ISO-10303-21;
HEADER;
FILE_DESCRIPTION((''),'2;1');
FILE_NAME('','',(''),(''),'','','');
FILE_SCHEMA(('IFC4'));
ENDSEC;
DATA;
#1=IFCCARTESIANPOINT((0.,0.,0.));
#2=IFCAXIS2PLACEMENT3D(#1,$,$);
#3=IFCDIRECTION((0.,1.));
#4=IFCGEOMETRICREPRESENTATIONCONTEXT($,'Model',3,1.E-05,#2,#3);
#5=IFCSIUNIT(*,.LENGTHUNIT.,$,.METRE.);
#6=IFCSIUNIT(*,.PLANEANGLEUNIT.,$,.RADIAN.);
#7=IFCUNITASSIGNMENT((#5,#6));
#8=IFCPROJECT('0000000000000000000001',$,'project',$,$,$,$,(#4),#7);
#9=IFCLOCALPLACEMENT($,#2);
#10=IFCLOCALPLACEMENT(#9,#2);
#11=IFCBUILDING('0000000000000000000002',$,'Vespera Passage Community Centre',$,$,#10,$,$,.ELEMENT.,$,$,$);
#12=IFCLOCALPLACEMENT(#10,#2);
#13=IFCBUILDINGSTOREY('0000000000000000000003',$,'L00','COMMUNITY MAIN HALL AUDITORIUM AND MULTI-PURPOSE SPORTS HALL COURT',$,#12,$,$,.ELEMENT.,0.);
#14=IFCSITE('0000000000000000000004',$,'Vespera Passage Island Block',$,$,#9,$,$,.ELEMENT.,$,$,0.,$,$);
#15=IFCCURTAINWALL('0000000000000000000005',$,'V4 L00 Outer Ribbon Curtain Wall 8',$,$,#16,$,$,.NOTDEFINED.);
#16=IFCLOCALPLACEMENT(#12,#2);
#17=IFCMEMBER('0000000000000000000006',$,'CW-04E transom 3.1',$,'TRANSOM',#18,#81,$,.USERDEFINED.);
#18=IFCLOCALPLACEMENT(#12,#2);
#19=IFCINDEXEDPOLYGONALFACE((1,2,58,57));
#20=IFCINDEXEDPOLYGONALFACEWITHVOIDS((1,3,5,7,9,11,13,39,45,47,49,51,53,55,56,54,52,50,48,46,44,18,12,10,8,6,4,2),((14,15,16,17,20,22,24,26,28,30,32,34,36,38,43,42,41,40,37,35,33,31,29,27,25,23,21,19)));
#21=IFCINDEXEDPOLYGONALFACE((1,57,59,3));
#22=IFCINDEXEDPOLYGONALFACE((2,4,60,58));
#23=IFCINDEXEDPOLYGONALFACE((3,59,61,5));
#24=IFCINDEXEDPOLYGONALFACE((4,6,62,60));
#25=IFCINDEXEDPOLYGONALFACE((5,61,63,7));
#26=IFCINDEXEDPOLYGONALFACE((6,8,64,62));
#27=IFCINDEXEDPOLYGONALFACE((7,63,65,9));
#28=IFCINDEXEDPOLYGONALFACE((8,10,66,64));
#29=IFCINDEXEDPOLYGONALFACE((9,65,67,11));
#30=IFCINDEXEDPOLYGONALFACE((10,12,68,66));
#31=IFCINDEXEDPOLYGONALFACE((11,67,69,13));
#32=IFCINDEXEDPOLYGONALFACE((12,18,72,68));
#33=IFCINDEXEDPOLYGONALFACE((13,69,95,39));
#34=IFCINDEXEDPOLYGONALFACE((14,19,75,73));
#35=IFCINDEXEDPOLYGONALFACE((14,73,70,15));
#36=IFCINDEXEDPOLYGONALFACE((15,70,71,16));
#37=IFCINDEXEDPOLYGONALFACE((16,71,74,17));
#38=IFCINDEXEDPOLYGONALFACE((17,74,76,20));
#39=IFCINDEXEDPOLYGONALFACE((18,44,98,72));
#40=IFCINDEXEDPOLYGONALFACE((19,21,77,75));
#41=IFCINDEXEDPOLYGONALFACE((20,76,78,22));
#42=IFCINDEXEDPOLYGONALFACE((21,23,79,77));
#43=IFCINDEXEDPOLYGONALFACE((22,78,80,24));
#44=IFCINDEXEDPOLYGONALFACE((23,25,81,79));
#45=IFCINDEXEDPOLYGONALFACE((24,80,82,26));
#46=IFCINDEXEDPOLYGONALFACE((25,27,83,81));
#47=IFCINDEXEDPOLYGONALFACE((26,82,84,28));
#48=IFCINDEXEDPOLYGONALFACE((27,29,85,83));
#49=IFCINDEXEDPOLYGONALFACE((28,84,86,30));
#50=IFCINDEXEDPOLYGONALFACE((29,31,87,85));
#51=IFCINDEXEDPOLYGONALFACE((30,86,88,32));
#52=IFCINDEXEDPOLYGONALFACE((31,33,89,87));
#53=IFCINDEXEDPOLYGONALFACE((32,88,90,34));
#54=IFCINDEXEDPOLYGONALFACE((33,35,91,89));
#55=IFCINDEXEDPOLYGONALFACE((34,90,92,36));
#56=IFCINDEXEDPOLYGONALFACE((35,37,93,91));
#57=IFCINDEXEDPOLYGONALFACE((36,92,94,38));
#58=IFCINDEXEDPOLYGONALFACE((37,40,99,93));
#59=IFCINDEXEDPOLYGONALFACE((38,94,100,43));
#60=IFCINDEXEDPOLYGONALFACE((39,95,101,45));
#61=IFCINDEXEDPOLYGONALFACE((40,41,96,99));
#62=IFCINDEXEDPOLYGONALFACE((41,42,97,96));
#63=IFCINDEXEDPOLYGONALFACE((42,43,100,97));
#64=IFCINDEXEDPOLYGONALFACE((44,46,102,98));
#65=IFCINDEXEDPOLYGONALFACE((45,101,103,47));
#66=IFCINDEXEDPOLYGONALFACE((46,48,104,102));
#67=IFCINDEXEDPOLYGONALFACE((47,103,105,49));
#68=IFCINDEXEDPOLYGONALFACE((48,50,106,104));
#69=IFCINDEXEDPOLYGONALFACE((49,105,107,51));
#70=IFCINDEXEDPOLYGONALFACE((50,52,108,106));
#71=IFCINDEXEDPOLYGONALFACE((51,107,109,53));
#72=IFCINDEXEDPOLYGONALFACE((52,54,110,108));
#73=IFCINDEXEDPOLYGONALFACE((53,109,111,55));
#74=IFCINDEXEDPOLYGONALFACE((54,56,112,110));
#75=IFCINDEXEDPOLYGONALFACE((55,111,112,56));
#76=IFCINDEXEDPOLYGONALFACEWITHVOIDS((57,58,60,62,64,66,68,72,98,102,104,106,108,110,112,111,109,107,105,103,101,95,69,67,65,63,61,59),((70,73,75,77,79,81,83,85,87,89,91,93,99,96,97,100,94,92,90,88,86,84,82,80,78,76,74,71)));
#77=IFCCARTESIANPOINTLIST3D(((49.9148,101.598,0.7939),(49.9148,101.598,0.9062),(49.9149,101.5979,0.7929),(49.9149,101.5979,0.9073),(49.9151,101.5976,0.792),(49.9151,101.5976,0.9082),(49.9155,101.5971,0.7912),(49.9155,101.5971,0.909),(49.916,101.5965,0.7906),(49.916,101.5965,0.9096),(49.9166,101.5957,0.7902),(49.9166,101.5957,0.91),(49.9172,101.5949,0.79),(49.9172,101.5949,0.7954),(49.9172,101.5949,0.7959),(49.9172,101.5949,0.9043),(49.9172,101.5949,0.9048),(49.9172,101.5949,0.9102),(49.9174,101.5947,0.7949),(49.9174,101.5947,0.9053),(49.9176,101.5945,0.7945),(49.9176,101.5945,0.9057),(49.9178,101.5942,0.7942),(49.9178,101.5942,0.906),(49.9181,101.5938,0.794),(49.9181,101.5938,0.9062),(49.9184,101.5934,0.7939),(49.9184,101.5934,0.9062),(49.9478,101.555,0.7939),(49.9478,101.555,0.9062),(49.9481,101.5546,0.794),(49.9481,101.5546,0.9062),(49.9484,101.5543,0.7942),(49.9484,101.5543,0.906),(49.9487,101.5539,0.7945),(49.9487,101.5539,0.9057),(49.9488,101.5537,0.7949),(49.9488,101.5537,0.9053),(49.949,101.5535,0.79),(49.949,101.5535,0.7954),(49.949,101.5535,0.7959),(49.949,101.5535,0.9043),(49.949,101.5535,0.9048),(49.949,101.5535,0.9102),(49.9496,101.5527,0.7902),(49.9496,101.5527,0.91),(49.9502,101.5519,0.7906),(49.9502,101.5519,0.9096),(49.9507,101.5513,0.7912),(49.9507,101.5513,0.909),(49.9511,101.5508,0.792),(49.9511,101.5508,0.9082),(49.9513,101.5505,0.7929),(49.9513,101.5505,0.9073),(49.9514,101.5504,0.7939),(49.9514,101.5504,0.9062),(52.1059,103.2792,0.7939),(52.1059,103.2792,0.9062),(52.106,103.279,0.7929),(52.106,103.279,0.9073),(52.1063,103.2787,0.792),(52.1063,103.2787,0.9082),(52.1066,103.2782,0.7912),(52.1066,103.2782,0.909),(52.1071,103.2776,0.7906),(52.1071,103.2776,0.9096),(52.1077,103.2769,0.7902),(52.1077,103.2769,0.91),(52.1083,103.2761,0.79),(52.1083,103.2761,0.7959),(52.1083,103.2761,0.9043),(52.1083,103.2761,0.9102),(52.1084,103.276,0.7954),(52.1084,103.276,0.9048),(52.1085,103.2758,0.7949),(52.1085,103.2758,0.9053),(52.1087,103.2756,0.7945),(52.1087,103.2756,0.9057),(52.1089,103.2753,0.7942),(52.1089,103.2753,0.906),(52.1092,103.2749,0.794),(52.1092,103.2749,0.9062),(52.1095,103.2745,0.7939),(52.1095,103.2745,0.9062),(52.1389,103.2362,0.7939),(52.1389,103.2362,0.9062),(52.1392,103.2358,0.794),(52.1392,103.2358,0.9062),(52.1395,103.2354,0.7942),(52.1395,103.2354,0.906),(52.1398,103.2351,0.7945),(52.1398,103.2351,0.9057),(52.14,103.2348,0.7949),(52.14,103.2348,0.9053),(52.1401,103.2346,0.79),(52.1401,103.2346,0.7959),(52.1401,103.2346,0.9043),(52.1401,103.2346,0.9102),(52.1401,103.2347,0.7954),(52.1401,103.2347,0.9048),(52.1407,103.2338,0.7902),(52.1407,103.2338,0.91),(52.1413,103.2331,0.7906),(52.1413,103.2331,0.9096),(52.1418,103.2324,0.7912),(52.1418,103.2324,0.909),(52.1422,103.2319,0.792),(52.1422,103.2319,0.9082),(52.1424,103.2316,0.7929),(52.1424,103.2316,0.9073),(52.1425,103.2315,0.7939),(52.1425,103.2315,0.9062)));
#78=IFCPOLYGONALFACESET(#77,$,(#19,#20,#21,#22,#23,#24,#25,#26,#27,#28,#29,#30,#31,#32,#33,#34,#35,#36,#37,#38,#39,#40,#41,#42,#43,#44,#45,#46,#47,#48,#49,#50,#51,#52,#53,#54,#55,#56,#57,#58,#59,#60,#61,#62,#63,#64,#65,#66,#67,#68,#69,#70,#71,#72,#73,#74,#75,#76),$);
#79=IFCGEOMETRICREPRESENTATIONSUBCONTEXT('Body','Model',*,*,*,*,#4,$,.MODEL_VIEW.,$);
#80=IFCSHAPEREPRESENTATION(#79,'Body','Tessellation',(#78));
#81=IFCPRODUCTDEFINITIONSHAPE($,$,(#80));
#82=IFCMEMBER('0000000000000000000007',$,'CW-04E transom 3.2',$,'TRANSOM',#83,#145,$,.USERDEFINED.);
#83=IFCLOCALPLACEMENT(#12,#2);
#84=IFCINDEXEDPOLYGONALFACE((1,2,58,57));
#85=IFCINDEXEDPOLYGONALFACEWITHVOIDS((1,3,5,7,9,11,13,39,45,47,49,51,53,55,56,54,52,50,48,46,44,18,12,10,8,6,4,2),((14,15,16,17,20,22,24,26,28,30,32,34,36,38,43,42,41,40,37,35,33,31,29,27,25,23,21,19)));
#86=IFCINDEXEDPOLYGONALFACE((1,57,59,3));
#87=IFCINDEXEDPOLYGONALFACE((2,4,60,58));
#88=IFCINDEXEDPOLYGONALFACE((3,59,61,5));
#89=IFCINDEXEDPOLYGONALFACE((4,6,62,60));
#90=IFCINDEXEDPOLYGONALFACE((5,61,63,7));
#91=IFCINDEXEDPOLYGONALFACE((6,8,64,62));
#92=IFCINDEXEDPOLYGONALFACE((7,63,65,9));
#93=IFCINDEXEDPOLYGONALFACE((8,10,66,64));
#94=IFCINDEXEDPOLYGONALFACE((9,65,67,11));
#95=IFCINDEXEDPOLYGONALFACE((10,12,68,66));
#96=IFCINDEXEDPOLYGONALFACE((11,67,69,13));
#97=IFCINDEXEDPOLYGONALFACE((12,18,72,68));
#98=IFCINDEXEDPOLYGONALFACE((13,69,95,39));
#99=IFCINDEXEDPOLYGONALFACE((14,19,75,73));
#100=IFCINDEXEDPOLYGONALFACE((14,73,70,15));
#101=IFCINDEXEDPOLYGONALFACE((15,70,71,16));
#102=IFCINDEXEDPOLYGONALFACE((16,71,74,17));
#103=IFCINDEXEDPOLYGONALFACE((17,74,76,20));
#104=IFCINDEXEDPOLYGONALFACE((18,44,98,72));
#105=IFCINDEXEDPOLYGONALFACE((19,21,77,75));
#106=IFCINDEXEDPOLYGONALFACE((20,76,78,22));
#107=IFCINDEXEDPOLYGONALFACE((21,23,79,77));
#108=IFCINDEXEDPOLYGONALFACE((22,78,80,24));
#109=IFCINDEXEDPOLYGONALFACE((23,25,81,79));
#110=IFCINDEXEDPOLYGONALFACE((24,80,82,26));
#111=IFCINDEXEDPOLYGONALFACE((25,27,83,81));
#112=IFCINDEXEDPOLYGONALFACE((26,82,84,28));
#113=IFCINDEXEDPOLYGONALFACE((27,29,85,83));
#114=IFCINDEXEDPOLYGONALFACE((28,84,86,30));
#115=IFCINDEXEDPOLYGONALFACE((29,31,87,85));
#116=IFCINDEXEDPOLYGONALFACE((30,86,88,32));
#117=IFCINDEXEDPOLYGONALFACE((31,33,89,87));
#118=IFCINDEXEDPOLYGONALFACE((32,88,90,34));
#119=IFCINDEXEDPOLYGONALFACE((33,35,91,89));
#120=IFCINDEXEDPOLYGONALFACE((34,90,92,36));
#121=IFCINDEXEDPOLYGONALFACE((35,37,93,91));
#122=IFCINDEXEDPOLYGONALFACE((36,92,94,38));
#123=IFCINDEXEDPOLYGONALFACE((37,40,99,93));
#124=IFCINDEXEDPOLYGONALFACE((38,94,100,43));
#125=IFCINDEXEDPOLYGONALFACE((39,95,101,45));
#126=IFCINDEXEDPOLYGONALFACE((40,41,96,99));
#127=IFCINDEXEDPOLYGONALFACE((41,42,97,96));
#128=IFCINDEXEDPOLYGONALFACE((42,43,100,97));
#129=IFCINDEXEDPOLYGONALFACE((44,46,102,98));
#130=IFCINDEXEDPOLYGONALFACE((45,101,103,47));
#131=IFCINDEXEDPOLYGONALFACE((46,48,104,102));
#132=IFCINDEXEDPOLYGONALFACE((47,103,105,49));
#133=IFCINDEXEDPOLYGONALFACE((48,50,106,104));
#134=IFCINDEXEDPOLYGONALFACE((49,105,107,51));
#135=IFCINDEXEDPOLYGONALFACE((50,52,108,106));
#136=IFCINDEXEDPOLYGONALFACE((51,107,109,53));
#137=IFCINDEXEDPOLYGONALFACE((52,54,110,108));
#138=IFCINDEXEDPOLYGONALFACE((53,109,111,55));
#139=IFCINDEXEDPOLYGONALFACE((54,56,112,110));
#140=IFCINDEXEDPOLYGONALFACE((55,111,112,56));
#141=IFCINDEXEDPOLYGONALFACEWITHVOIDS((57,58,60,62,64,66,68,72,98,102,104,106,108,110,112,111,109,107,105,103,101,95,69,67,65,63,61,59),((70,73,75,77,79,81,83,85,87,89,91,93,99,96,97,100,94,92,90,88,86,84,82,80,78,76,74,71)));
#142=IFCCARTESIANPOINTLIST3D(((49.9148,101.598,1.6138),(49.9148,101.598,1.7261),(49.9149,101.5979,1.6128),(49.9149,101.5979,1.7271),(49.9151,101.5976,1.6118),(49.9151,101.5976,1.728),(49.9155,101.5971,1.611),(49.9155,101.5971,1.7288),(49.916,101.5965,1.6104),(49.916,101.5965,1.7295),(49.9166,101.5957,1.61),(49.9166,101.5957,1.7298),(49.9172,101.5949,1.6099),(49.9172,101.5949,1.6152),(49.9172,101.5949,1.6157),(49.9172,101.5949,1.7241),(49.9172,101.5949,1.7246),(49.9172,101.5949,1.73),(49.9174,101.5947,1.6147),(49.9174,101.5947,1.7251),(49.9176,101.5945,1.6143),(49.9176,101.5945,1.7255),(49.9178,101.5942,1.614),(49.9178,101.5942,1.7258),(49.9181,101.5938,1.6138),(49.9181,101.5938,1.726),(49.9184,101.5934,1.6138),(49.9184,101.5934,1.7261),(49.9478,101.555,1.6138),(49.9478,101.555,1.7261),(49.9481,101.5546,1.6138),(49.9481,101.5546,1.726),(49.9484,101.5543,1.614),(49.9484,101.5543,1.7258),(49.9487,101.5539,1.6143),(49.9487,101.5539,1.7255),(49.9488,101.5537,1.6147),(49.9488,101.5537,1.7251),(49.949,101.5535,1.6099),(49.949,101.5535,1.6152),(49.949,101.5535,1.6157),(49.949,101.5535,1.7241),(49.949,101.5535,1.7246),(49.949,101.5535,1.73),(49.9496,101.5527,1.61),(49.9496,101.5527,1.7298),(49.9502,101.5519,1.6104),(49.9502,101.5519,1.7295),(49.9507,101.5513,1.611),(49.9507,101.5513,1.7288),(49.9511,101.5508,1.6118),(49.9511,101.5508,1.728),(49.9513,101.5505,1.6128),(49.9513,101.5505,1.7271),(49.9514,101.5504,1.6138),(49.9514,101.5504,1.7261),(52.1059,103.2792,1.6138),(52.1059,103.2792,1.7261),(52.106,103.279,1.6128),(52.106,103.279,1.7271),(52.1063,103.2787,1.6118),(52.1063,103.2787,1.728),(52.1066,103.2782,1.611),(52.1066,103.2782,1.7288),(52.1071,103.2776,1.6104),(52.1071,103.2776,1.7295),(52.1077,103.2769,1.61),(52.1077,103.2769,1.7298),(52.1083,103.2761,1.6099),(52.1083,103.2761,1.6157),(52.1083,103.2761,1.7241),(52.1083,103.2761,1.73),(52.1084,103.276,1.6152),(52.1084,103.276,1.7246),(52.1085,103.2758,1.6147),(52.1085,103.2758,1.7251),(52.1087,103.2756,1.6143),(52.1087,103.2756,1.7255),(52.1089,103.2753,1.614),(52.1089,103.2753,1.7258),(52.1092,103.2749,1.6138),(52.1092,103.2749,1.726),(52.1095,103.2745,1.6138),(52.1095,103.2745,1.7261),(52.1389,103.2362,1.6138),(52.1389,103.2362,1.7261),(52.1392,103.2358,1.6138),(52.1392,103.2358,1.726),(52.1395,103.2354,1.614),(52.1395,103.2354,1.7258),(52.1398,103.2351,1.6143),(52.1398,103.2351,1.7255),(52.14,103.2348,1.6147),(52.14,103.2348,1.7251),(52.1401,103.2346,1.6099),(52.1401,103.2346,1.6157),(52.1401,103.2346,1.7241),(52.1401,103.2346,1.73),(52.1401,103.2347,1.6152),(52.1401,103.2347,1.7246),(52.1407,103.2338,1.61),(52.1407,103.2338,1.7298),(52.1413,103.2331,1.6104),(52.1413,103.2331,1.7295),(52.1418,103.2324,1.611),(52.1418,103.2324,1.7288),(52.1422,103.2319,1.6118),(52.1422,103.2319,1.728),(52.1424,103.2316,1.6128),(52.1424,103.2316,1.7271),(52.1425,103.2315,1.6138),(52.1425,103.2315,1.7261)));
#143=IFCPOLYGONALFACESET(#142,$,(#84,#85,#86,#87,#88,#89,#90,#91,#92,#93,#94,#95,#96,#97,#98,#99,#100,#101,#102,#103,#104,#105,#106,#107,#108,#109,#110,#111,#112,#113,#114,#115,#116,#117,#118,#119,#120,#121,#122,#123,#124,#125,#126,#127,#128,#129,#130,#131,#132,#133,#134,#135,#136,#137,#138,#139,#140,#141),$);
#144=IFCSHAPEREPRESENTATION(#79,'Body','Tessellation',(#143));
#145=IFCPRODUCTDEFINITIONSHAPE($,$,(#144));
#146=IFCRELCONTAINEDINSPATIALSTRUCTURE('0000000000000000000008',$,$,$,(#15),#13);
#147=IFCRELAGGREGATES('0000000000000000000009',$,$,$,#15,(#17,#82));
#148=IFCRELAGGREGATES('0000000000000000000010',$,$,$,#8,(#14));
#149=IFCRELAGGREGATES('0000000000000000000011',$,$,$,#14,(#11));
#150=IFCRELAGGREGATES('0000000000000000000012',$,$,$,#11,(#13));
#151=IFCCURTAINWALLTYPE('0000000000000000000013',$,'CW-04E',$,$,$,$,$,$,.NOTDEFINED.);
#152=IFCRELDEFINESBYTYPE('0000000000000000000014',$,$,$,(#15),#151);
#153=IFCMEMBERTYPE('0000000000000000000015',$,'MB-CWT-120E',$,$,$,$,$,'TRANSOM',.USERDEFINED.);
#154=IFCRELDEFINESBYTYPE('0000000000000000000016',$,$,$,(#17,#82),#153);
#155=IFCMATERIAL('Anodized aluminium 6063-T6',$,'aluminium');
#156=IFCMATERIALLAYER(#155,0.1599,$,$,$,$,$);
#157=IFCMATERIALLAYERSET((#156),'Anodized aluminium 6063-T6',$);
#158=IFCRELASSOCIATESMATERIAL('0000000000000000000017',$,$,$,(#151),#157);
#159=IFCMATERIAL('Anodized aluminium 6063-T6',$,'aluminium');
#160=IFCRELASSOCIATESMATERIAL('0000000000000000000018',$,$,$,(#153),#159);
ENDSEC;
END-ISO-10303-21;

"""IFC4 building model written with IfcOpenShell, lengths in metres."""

from ifc_helpers import new_model, si_unit, direction, frame, origin, origin_2d, place, context, subcontext, project, spatial, hollow_rectangle, extrude, material, layer, layer_set, material_profile, profile_set, type_object, element, aggregate, save


model = new_model("IFC4")

# Units and contexts
model_context = context("Model", 3, precision=1e-05, world=origin(), true_north=direction((0.0, 1.0)))
body_context = subcontext(model_context, "Body", "Model", "MODEL_VIEW")
ifc_project = project(units=[si_unit("LENGTHUNIT", "METRE"), si_unit("PLANEANGLEUNIT", "RADIAN")], contexts=[model_context])

# Site, building, storey
site_placement = place(None, origin())
site = spatial("IfcSite", under=ifc_project, at=site_placement, Name="Vespera Passage Island Block", CompositionType="ELEMENT", RefElevation=0.0)
building_placement = place(site_placement, origin())
building = spatial("IfcBuilding", under=site, at=building_placement, Name="Vespera Passage Community Centre", CompositionType="ELEMENT")
storey_placement = place(building_placement, origin())
storey = spatial("IfcBuildingStorey", under=building, at=storey_placement, Name="L00", Description="COMMUNITY MAIN HALL AUDITORIUM AND MULTI-PURPOSE SPORTS HALL COURT", CompositionType="ELEMENT", Elevation=0.0)

# Curtain wall
ifc_material_1 = material(Name="Anodized aluminium 6063-T6", Category="aluminium")
ifc_layer_1 = layer(ifc_material_1, 0.1599)
ifc_layer_set_1 = layer_set([ifc_layer_1], Name="Anodized aluminium 6063-T6")
curtain_wall_type_1 = type_object("IfcCurtainWallType", Name="CW-04E", PredefinedType="NOTDEFINED", material=ifc_layer_set_1)
curtain_wall_1_placement = place(storey_placement, origin())
curtain_wall_1 = element("IfcCurtainWall", 1, at=curtain_wall_1_placement, inside=storey, type_object=curtain_wall_type_1, Name="V4 L00 Outer Ribbon Curtain Wall 8", PredefinedType="NOTDEFINED")

# Members
ifc_material_2 = material(Name="Anodized aluminium 6063-T6", Category="aluminium")
ifc_material_profile_1 = material_profile(ifc_material_2, hollow_rectangle(XDim=0.0601, YDim=0.1201, WallThickness=0.0039, InnerFilletRadius=0.002, OuterFilletRadius=0.0039, at=origin_2d()), Name="ALU120X60X4")
ifc_profile_set_1 = profile_set([ifc_material_profile_1], Name="Anodized aluminium 6063-T6")
member_type_1 = type_object("IfcMemberType", Name="MB-CWT-120E", ElementType="TRANSOM", PredefinedType="USERDEFINED", material=ifc_profile_set_1)
member_1_placement = place(storey_placement, frame((49.9331, 101.5742, 0.8501), z_axis=(0.793386, 0.608719, 0.0), x_axis=(-0.608719, 0.793386, 0.0)))
member_1 = element("IfcMember", 2, at=member_1_placement, type_object=member_type_1, Name="CW-04E transom 3.1", ObjectType="TRANSOM", PredefinedType="USERDEFINED", context=body_context, shape_type="SweptSolid", body=[
    extrude(hollow_rectangle(XDim=0.0601, YDim=0.1201, WallThickness=0.0039, InnerFilletRadius=0.002, OuterFilletRadius=0.0039, at=origin_2d()), origin(), (0.0, 0.0, 1.0), 2.7617),
])
member_2_placement = place(storey_placement, frame((49.9331, 101.5742, 1.6699), z_axis=(0.793386, 0.608719, 0.0), x_axis=(-0.608719, 0.793386, 0.0)))
member_2 = element("IfcMember", 3, at=member_2_placement, type_object=member_type_1, Name="CW-04E transom 3.2", ObjectType="TRANSOM", PredefinedType="USERDEFINED", context=body_context, shape_type="SweptSolid", body=[
    extrude(hollow_rectangle(XDim=0.0601, YDim=0.1201, WallThickness=0.0039, InnerFilletRadius=0.002, OuterFilletRadius=0.0039, at=origin_2d()), origin(), (0.0, 0.0, 1.0), 2.7617),
])

aggregate(curtain_wall_1, [member_1, member_2])

save(model, "model.ifc")
